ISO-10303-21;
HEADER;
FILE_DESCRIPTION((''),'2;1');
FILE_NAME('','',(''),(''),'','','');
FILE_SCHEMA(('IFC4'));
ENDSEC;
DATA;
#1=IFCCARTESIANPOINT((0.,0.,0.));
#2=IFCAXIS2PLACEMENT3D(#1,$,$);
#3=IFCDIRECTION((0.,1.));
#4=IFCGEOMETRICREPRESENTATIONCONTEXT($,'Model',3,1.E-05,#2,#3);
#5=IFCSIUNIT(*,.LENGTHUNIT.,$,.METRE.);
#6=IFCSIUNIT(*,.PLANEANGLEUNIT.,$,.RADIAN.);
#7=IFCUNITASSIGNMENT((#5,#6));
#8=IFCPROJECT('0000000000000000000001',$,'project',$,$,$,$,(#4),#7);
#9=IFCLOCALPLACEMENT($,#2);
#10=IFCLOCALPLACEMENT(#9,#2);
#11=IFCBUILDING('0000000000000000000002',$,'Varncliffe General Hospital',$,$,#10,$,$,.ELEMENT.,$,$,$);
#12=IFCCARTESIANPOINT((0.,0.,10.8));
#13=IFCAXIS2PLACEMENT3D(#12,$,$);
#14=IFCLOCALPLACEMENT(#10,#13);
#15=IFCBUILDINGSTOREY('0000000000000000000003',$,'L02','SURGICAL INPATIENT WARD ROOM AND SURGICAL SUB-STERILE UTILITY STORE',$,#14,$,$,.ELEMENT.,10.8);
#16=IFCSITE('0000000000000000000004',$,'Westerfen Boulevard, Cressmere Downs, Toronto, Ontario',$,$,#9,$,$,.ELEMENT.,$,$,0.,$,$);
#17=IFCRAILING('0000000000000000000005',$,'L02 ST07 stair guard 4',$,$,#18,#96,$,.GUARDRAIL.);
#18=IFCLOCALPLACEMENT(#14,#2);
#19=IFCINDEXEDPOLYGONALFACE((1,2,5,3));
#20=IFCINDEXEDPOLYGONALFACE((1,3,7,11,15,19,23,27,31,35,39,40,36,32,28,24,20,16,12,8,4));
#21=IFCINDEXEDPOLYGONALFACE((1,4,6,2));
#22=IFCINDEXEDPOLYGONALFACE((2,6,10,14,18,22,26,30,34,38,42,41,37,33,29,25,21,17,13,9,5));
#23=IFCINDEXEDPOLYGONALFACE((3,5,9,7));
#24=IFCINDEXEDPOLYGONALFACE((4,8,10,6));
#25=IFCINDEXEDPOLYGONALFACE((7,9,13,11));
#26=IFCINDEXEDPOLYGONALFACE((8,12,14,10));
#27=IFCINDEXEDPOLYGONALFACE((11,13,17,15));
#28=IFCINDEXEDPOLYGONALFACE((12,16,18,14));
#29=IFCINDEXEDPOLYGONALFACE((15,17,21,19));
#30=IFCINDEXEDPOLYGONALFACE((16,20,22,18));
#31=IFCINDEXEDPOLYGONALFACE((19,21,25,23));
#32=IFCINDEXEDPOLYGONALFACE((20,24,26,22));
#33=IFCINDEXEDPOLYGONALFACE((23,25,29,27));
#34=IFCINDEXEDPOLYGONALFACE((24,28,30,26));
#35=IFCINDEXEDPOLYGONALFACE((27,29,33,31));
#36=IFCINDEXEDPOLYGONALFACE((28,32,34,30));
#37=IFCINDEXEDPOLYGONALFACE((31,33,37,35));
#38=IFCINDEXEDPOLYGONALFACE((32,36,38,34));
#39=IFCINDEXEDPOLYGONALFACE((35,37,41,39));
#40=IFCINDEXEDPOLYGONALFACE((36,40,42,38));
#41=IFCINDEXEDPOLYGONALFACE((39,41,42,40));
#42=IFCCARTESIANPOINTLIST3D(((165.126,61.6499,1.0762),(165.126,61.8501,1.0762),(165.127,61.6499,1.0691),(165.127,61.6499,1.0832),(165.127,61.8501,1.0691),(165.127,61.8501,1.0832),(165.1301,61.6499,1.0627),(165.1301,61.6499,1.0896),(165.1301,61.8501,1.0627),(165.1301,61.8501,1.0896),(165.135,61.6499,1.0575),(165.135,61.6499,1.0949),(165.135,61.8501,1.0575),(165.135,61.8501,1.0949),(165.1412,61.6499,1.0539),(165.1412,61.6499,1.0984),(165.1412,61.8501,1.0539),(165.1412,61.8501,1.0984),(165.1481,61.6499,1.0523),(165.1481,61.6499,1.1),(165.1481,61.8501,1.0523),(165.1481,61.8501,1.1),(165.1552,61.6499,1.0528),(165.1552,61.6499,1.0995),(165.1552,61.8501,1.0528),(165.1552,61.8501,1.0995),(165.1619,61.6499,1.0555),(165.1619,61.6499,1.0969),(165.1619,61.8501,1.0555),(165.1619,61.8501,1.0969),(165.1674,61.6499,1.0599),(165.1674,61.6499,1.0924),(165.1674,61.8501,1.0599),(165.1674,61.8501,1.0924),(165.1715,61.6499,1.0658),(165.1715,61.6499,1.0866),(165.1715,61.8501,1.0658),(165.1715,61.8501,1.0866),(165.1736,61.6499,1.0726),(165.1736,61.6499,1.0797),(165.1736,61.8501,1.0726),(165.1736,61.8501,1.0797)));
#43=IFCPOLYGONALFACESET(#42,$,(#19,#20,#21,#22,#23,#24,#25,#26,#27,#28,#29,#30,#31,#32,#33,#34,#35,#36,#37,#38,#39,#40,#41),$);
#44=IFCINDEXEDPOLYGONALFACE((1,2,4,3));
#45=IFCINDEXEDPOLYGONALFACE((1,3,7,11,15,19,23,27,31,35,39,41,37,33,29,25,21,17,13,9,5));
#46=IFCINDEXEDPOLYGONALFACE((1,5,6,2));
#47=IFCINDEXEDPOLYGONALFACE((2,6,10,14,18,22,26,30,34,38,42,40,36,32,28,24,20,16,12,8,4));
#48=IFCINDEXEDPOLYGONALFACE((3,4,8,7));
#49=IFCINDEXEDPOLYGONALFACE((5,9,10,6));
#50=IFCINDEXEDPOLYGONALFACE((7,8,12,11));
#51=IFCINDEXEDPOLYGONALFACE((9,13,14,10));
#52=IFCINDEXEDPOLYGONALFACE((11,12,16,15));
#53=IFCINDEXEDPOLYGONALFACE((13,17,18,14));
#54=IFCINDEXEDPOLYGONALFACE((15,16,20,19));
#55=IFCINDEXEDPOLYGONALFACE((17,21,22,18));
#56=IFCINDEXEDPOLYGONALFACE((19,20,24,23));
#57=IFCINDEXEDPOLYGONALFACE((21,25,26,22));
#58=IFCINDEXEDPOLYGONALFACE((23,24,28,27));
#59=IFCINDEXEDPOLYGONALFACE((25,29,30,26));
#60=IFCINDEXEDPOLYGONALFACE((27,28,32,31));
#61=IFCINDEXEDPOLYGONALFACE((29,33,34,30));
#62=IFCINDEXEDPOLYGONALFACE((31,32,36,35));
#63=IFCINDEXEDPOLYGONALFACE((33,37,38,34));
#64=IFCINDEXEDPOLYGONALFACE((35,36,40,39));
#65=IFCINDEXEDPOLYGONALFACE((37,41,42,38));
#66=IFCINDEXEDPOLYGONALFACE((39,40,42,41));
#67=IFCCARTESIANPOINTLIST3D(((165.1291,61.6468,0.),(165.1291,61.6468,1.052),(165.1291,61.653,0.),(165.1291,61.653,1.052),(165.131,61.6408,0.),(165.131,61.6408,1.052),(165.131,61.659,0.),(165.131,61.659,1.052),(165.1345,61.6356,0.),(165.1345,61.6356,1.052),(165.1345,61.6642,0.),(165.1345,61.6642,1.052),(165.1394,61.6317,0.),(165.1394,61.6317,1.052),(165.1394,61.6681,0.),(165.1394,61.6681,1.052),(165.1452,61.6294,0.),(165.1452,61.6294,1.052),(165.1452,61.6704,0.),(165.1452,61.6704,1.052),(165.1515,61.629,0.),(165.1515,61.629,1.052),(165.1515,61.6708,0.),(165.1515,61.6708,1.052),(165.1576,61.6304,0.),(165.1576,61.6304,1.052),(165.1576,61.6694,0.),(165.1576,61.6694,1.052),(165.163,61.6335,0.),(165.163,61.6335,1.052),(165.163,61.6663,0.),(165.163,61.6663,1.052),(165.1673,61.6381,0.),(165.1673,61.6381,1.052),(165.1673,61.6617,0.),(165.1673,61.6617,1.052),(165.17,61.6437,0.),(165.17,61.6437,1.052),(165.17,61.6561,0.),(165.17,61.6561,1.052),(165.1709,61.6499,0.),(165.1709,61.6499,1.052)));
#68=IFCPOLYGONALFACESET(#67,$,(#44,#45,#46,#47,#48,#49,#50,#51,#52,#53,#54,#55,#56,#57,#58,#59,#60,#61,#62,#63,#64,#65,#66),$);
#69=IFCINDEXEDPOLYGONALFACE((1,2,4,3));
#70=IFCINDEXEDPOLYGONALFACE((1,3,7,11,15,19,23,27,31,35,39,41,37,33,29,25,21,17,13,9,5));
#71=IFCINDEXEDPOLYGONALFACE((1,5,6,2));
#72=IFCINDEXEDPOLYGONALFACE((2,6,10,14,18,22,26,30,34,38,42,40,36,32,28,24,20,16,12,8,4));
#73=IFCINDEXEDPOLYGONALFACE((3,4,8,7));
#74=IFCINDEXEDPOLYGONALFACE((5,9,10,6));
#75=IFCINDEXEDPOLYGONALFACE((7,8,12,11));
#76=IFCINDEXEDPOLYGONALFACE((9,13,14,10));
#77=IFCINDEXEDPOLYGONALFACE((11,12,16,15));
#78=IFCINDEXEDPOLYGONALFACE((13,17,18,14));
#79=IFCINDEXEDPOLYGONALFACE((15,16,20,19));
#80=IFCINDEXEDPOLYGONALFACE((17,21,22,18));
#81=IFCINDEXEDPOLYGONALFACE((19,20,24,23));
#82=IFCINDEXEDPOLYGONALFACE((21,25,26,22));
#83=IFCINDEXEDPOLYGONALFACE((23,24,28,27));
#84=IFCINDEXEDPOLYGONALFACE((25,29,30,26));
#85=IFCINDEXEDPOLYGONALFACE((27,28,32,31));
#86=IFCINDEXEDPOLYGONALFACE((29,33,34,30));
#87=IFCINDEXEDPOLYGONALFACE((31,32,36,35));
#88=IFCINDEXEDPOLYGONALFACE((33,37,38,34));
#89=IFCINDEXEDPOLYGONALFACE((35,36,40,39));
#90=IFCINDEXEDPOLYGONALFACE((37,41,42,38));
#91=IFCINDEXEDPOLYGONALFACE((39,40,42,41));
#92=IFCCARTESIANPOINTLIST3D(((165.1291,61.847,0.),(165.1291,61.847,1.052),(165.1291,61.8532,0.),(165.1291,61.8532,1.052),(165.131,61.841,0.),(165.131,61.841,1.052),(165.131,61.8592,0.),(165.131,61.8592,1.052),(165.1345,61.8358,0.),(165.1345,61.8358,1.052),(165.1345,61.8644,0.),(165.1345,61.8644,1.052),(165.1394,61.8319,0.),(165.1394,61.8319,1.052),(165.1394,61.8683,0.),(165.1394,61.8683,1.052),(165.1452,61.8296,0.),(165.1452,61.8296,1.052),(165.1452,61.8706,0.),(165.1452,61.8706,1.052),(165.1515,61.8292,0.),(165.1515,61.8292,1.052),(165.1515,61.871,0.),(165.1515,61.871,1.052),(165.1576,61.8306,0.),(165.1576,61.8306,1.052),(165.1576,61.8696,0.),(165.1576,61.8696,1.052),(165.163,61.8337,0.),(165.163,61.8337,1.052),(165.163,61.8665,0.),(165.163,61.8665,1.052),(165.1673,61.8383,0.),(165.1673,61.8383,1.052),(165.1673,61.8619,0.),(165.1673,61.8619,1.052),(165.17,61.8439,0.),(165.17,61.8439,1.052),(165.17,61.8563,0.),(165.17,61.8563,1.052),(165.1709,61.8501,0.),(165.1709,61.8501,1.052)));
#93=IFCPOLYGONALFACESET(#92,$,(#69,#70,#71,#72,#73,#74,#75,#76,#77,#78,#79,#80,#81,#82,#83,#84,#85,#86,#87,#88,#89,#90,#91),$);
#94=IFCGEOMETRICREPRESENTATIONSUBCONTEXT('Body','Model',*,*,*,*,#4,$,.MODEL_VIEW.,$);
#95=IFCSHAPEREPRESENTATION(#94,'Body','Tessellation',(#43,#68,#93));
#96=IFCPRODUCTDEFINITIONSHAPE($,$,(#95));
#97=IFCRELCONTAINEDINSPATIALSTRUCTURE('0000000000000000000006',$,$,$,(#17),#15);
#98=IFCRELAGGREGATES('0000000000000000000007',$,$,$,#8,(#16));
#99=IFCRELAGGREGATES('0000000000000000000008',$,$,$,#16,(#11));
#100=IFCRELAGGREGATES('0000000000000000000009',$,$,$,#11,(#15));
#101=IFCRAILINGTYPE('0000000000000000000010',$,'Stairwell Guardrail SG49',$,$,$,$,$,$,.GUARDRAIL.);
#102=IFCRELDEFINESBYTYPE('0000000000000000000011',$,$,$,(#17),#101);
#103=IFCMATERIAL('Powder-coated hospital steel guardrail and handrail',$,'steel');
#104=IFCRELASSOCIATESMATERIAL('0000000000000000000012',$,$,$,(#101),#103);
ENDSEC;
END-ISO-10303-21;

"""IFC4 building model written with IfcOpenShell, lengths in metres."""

from ifc_helpers import new_model, si_unit, direction, frame, origin, origin_2d, place, context, subcontext, project, spatial, circle, extrude, material, type_object, element, save


model = new_model("IFC4")

# Units and contexts
model_context = context("Model", 3, precision=1e-05, world=origin(), true_north=direction((0.0, 1.0)))
body_context = subcontext(model_context, "Body", "Model", "MODEL_VIEW")
ifc_project = project(units=[si_unit("LENGTHUNIT", "METRE"), si_unit("PLANEANGLEUNIT", "RADIAN")], contexts=[model_context])

# Site, building, storey
site_placement = place(None, origin())
site = spatial("IfcSite", under=ifc_project, at=site_placement, Name="Westerfen Boulevard, Cressmere Downs, Toronto, Ontario", CompositionType="ELEMENT", RefElevation=0.0)
building_placement = place(site_placement, origin())
building = spatial("IfcBuilding", under=site, at=building_placement, Name="Varncliffe General Hospital", CompositionType="ELEMENT")
storey_placement = place(building_placement, frame((0.0, 0.0, 10.8)))
storey = spatial("IfcBuildingStorey", under=building, at=storey_placement, Name="L02", Description="SURGICAL INPATIENT WARD ROOM AND SURGICAL SUB-STERILE UTILITY STORE", CompositionType="ELEMENT", Elevation=10.8)

# Railing
ifc_material_1 = material(Name="Powder-coated hospital steel guardrail and handrail", Category="steel")
railing_type_1 = type_object("IfcRailingType", Name="Stairwell Guardrail SG49", PredefinedType="GUARDRAIL", material=ifc_material_1)
railing_1_placement = place(storey_placement, frame((165.1499, 61.6499, 0.0)))
element("IfcRailing", 1, at=railing_1_placement, inside=storey, type_object=railing_type_1, Name="L02 ST07 stair guard 4", PredefinedType="GUARDRAIL", context=body_context, shape_type="SweptSolid", body=[
    extrude(circle(Radius=0.0239, at=origin_2d()), frame((0.0, 0.0, 1.0762), z_axis=(0.0, 1.0, 0.0), x_axis=(-1.0, 0.0, 0.0)), (0.0, 0.0, 1.0), 0.2002),
    extrude(circle(Radius=0.021, at=origin_2d()), origin(), (0.0, 0.0, 1.0), 1.052),
    extrude(circle(Radius=0.021, at=origin_2d()), frame((0.0, 0.2002, 0.0)), (0.0, 0.0, 1.0), 1.052),
])

save(model, "model.ifc")
